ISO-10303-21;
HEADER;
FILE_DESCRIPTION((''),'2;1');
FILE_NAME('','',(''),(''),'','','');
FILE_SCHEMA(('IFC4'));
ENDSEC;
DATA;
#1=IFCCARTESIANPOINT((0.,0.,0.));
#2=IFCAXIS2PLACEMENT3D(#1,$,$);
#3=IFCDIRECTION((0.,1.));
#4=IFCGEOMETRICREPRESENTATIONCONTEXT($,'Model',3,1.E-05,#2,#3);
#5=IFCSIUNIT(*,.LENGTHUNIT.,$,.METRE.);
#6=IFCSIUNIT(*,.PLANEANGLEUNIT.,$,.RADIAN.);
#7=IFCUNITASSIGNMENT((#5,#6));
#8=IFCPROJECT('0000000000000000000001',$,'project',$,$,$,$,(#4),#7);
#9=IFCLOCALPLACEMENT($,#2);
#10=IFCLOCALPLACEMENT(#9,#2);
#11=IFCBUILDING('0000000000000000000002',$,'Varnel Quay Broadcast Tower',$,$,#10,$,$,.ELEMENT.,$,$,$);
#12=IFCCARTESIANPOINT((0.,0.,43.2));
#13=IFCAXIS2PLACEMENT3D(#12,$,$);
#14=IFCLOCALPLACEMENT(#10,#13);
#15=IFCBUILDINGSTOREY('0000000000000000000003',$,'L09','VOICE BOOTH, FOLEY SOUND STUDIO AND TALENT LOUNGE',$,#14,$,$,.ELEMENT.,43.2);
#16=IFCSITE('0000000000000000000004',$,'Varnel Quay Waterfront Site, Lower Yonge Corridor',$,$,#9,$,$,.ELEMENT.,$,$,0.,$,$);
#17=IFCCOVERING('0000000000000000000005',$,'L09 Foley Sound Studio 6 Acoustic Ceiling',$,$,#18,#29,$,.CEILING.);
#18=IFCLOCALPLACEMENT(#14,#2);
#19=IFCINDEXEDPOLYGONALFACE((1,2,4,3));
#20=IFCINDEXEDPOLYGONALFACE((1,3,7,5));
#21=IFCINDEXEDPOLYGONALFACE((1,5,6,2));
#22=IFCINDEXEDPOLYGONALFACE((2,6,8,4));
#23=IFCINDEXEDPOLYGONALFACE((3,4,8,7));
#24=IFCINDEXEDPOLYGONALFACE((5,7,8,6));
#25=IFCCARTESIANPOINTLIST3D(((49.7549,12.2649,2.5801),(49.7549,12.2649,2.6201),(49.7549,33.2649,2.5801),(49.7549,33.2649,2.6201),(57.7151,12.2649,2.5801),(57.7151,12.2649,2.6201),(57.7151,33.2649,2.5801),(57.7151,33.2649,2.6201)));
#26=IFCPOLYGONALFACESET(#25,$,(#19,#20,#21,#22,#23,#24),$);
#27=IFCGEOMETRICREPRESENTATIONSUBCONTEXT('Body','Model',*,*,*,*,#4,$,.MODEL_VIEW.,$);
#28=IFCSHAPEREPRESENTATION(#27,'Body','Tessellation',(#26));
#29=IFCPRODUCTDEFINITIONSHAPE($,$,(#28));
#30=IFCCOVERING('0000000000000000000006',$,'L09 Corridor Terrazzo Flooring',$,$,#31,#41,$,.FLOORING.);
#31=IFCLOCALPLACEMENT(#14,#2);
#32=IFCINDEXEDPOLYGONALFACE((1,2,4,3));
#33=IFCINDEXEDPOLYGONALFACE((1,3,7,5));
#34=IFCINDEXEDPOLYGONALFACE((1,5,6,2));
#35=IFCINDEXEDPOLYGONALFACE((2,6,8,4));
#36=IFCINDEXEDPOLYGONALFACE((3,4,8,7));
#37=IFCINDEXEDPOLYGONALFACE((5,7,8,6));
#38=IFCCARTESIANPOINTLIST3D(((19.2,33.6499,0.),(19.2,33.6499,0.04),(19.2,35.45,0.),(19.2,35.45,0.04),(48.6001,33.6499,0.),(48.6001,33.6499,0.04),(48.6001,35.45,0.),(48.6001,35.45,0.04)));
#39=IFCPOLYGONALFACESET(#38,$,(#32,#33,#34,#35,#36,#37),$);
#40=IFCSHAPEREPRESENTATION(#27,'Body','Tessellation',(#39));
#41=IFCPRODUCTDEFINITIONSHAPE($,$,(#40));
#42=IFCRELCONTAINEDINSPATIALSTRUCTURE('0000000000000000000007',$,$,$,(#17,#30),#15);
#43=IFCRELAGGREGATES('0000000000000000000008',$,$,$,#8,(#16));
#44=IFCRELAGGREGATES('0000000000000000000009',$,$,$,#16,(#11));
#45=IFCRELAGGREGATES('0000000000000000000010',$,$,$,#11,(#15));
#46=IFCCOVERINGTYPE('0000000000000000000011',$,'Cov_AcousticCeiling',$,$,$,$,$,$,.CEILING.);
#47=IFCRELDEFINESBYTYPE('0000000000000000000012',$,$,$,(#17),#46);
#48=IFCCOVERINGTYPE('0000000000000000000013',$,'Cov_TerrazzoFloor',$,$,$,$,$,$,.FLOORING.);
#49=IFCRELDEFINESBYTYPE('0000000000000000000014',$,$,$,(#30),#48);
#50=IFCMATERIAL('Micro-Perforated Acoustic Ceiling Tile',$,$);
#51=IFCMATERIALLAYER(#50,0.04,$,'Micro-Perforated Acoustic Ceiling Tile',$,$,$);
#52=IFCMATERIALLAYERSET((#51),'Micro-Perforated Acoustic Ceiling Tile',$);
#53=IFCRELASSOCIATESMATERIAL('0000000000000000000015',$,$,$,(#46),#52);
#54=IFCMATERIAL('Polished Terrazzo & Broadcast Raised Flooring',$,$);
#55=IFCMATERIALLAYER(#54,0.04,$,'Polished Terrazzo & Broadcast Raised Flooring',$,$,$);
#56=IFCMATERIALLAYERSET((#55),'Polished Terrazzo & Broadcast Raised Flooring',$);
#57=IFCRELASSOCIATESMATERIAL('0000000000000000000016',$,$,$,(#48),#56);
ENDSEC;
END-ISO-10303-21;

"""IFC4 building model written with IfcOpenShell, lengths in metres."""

from ifc_helpers import new_model, si_unit, direction, frame, origin, place, context, subcontext, project, spatial, polyline, outline, extrude, material, layer, layer_set, type_object, element, save


model = new_model("IFC4")

# Units and contexts
model_context = context("Model", 3, precision=1e-05, world=origin(), true_north=direction((0.0, 1.0)))
body_context = subcontext(model_context, "Body", "Model", "MODEL_VIEW")
ifc_project = project(units=[si_unit("LENGTHUNIT", "METRE"), si_unit("PLANEANGLEUNIT", "RADIAN")], contexts=[model_context])

# Site, building, storey
site_placement = place(None, origin())
site = spatial("IfcSite", under=ifc_project, at=site_placement, Name="Varnel Quay Waterfront Site, Lower Yonge Corridor", CompositionType="ELEMENT", RefElevation=0.0)
building_placement = place(site_placement, origin())
building = spatial("IfcBuilding", under=site, at=building_placement, Name="Varnel Quay Broadcast Tower", CompositionType="ELEMENT")
storey_placement = place(building_placement, frame((0.0, 0.0, 43.2)))
storey = spatial("IfcBuildingStorey", under=building, at=storey_placement, Name="L09", Description="VOICE BOOTH, FOLEY SOUND STUDIO AND TALENT LOUNGE", CompositionType="ELEMENT", Elevation=43.2)

# Coverings
ifc_material_1 = material(Name="Micro-Perforated Acoustic Ceiling Tile")
ifc_layer_1 = layer(ifc_material_1, 0.04, Name="Micro-Perforated Acoustic Ceiling Tile")
ifc_layer_set_1 = layer_set([ifc_layer_1], Name="Micro-Perforated Acoustic Ceiling Tile")
covering_type_1 = type_object("IfcCoveringType", Name="Cov_AcousticCeiling", PredefinedType="CEILING", material=ifc_layer_set_1)
covering_1_placement = place(storey_placement, frame((0.0, 0.0, 2.5801)))
element("IfcCovering", 1, at=covering_1_placement, inside=storey, type_object=covering_type_1, Name="L09 Foley Sound Studio 6 Acoustic Ceiling", PredefinedType="CEILING", context=body_context, shape_type="SweptSolid", body=[
    extrude(outline(polyline([(49.7549, 12.2649), (57.7151, 12.2649), (57.7151, 33.2649), (49.7549, 33.2649), (49.7549, 12.2649)])), origin(), (0.0, 0.0, 1.0), 0.04),
])
ifc_material_2 = material(Name="Polished Terrazzo & Broadcast Raised Flooring")
ifc_layer_2 = layer(ifc_material_2, 0.04, Name="Polished Terrazzo & Broadcast Raised Flooring")
ifc_layer_set_2 = layer_set([ifc_layer_2], Name="Polished Terrazzo & Broadcast Raised Flooring")
covering_type_2 = type_object("IfcCoveringType", Name="Cov_TerrazzoFloor", PredefinedType="FLOORING", material=ifc_layer_set_2)
covering_2_placement = place(storey_placement, origin())
element("IfcCovering", 2, at=covering_2_placement, inside=storey, type_object=covering_type_2, Name="L09 Corridor Terrazzo Flooring", PredefinedType="FLOORING", context=body_context, shape_type="SweptSolid", body=[
    extrude(outline(polyline([(19.2, 33.6499), (48.6001, 33.6499), (48.6001, 35.45), (19.2, 35.45), (19.2, 33.6499)])), origin(), (0.0, 0.0, 1.0), 0.04),
])

save(model, "model.ifc")
